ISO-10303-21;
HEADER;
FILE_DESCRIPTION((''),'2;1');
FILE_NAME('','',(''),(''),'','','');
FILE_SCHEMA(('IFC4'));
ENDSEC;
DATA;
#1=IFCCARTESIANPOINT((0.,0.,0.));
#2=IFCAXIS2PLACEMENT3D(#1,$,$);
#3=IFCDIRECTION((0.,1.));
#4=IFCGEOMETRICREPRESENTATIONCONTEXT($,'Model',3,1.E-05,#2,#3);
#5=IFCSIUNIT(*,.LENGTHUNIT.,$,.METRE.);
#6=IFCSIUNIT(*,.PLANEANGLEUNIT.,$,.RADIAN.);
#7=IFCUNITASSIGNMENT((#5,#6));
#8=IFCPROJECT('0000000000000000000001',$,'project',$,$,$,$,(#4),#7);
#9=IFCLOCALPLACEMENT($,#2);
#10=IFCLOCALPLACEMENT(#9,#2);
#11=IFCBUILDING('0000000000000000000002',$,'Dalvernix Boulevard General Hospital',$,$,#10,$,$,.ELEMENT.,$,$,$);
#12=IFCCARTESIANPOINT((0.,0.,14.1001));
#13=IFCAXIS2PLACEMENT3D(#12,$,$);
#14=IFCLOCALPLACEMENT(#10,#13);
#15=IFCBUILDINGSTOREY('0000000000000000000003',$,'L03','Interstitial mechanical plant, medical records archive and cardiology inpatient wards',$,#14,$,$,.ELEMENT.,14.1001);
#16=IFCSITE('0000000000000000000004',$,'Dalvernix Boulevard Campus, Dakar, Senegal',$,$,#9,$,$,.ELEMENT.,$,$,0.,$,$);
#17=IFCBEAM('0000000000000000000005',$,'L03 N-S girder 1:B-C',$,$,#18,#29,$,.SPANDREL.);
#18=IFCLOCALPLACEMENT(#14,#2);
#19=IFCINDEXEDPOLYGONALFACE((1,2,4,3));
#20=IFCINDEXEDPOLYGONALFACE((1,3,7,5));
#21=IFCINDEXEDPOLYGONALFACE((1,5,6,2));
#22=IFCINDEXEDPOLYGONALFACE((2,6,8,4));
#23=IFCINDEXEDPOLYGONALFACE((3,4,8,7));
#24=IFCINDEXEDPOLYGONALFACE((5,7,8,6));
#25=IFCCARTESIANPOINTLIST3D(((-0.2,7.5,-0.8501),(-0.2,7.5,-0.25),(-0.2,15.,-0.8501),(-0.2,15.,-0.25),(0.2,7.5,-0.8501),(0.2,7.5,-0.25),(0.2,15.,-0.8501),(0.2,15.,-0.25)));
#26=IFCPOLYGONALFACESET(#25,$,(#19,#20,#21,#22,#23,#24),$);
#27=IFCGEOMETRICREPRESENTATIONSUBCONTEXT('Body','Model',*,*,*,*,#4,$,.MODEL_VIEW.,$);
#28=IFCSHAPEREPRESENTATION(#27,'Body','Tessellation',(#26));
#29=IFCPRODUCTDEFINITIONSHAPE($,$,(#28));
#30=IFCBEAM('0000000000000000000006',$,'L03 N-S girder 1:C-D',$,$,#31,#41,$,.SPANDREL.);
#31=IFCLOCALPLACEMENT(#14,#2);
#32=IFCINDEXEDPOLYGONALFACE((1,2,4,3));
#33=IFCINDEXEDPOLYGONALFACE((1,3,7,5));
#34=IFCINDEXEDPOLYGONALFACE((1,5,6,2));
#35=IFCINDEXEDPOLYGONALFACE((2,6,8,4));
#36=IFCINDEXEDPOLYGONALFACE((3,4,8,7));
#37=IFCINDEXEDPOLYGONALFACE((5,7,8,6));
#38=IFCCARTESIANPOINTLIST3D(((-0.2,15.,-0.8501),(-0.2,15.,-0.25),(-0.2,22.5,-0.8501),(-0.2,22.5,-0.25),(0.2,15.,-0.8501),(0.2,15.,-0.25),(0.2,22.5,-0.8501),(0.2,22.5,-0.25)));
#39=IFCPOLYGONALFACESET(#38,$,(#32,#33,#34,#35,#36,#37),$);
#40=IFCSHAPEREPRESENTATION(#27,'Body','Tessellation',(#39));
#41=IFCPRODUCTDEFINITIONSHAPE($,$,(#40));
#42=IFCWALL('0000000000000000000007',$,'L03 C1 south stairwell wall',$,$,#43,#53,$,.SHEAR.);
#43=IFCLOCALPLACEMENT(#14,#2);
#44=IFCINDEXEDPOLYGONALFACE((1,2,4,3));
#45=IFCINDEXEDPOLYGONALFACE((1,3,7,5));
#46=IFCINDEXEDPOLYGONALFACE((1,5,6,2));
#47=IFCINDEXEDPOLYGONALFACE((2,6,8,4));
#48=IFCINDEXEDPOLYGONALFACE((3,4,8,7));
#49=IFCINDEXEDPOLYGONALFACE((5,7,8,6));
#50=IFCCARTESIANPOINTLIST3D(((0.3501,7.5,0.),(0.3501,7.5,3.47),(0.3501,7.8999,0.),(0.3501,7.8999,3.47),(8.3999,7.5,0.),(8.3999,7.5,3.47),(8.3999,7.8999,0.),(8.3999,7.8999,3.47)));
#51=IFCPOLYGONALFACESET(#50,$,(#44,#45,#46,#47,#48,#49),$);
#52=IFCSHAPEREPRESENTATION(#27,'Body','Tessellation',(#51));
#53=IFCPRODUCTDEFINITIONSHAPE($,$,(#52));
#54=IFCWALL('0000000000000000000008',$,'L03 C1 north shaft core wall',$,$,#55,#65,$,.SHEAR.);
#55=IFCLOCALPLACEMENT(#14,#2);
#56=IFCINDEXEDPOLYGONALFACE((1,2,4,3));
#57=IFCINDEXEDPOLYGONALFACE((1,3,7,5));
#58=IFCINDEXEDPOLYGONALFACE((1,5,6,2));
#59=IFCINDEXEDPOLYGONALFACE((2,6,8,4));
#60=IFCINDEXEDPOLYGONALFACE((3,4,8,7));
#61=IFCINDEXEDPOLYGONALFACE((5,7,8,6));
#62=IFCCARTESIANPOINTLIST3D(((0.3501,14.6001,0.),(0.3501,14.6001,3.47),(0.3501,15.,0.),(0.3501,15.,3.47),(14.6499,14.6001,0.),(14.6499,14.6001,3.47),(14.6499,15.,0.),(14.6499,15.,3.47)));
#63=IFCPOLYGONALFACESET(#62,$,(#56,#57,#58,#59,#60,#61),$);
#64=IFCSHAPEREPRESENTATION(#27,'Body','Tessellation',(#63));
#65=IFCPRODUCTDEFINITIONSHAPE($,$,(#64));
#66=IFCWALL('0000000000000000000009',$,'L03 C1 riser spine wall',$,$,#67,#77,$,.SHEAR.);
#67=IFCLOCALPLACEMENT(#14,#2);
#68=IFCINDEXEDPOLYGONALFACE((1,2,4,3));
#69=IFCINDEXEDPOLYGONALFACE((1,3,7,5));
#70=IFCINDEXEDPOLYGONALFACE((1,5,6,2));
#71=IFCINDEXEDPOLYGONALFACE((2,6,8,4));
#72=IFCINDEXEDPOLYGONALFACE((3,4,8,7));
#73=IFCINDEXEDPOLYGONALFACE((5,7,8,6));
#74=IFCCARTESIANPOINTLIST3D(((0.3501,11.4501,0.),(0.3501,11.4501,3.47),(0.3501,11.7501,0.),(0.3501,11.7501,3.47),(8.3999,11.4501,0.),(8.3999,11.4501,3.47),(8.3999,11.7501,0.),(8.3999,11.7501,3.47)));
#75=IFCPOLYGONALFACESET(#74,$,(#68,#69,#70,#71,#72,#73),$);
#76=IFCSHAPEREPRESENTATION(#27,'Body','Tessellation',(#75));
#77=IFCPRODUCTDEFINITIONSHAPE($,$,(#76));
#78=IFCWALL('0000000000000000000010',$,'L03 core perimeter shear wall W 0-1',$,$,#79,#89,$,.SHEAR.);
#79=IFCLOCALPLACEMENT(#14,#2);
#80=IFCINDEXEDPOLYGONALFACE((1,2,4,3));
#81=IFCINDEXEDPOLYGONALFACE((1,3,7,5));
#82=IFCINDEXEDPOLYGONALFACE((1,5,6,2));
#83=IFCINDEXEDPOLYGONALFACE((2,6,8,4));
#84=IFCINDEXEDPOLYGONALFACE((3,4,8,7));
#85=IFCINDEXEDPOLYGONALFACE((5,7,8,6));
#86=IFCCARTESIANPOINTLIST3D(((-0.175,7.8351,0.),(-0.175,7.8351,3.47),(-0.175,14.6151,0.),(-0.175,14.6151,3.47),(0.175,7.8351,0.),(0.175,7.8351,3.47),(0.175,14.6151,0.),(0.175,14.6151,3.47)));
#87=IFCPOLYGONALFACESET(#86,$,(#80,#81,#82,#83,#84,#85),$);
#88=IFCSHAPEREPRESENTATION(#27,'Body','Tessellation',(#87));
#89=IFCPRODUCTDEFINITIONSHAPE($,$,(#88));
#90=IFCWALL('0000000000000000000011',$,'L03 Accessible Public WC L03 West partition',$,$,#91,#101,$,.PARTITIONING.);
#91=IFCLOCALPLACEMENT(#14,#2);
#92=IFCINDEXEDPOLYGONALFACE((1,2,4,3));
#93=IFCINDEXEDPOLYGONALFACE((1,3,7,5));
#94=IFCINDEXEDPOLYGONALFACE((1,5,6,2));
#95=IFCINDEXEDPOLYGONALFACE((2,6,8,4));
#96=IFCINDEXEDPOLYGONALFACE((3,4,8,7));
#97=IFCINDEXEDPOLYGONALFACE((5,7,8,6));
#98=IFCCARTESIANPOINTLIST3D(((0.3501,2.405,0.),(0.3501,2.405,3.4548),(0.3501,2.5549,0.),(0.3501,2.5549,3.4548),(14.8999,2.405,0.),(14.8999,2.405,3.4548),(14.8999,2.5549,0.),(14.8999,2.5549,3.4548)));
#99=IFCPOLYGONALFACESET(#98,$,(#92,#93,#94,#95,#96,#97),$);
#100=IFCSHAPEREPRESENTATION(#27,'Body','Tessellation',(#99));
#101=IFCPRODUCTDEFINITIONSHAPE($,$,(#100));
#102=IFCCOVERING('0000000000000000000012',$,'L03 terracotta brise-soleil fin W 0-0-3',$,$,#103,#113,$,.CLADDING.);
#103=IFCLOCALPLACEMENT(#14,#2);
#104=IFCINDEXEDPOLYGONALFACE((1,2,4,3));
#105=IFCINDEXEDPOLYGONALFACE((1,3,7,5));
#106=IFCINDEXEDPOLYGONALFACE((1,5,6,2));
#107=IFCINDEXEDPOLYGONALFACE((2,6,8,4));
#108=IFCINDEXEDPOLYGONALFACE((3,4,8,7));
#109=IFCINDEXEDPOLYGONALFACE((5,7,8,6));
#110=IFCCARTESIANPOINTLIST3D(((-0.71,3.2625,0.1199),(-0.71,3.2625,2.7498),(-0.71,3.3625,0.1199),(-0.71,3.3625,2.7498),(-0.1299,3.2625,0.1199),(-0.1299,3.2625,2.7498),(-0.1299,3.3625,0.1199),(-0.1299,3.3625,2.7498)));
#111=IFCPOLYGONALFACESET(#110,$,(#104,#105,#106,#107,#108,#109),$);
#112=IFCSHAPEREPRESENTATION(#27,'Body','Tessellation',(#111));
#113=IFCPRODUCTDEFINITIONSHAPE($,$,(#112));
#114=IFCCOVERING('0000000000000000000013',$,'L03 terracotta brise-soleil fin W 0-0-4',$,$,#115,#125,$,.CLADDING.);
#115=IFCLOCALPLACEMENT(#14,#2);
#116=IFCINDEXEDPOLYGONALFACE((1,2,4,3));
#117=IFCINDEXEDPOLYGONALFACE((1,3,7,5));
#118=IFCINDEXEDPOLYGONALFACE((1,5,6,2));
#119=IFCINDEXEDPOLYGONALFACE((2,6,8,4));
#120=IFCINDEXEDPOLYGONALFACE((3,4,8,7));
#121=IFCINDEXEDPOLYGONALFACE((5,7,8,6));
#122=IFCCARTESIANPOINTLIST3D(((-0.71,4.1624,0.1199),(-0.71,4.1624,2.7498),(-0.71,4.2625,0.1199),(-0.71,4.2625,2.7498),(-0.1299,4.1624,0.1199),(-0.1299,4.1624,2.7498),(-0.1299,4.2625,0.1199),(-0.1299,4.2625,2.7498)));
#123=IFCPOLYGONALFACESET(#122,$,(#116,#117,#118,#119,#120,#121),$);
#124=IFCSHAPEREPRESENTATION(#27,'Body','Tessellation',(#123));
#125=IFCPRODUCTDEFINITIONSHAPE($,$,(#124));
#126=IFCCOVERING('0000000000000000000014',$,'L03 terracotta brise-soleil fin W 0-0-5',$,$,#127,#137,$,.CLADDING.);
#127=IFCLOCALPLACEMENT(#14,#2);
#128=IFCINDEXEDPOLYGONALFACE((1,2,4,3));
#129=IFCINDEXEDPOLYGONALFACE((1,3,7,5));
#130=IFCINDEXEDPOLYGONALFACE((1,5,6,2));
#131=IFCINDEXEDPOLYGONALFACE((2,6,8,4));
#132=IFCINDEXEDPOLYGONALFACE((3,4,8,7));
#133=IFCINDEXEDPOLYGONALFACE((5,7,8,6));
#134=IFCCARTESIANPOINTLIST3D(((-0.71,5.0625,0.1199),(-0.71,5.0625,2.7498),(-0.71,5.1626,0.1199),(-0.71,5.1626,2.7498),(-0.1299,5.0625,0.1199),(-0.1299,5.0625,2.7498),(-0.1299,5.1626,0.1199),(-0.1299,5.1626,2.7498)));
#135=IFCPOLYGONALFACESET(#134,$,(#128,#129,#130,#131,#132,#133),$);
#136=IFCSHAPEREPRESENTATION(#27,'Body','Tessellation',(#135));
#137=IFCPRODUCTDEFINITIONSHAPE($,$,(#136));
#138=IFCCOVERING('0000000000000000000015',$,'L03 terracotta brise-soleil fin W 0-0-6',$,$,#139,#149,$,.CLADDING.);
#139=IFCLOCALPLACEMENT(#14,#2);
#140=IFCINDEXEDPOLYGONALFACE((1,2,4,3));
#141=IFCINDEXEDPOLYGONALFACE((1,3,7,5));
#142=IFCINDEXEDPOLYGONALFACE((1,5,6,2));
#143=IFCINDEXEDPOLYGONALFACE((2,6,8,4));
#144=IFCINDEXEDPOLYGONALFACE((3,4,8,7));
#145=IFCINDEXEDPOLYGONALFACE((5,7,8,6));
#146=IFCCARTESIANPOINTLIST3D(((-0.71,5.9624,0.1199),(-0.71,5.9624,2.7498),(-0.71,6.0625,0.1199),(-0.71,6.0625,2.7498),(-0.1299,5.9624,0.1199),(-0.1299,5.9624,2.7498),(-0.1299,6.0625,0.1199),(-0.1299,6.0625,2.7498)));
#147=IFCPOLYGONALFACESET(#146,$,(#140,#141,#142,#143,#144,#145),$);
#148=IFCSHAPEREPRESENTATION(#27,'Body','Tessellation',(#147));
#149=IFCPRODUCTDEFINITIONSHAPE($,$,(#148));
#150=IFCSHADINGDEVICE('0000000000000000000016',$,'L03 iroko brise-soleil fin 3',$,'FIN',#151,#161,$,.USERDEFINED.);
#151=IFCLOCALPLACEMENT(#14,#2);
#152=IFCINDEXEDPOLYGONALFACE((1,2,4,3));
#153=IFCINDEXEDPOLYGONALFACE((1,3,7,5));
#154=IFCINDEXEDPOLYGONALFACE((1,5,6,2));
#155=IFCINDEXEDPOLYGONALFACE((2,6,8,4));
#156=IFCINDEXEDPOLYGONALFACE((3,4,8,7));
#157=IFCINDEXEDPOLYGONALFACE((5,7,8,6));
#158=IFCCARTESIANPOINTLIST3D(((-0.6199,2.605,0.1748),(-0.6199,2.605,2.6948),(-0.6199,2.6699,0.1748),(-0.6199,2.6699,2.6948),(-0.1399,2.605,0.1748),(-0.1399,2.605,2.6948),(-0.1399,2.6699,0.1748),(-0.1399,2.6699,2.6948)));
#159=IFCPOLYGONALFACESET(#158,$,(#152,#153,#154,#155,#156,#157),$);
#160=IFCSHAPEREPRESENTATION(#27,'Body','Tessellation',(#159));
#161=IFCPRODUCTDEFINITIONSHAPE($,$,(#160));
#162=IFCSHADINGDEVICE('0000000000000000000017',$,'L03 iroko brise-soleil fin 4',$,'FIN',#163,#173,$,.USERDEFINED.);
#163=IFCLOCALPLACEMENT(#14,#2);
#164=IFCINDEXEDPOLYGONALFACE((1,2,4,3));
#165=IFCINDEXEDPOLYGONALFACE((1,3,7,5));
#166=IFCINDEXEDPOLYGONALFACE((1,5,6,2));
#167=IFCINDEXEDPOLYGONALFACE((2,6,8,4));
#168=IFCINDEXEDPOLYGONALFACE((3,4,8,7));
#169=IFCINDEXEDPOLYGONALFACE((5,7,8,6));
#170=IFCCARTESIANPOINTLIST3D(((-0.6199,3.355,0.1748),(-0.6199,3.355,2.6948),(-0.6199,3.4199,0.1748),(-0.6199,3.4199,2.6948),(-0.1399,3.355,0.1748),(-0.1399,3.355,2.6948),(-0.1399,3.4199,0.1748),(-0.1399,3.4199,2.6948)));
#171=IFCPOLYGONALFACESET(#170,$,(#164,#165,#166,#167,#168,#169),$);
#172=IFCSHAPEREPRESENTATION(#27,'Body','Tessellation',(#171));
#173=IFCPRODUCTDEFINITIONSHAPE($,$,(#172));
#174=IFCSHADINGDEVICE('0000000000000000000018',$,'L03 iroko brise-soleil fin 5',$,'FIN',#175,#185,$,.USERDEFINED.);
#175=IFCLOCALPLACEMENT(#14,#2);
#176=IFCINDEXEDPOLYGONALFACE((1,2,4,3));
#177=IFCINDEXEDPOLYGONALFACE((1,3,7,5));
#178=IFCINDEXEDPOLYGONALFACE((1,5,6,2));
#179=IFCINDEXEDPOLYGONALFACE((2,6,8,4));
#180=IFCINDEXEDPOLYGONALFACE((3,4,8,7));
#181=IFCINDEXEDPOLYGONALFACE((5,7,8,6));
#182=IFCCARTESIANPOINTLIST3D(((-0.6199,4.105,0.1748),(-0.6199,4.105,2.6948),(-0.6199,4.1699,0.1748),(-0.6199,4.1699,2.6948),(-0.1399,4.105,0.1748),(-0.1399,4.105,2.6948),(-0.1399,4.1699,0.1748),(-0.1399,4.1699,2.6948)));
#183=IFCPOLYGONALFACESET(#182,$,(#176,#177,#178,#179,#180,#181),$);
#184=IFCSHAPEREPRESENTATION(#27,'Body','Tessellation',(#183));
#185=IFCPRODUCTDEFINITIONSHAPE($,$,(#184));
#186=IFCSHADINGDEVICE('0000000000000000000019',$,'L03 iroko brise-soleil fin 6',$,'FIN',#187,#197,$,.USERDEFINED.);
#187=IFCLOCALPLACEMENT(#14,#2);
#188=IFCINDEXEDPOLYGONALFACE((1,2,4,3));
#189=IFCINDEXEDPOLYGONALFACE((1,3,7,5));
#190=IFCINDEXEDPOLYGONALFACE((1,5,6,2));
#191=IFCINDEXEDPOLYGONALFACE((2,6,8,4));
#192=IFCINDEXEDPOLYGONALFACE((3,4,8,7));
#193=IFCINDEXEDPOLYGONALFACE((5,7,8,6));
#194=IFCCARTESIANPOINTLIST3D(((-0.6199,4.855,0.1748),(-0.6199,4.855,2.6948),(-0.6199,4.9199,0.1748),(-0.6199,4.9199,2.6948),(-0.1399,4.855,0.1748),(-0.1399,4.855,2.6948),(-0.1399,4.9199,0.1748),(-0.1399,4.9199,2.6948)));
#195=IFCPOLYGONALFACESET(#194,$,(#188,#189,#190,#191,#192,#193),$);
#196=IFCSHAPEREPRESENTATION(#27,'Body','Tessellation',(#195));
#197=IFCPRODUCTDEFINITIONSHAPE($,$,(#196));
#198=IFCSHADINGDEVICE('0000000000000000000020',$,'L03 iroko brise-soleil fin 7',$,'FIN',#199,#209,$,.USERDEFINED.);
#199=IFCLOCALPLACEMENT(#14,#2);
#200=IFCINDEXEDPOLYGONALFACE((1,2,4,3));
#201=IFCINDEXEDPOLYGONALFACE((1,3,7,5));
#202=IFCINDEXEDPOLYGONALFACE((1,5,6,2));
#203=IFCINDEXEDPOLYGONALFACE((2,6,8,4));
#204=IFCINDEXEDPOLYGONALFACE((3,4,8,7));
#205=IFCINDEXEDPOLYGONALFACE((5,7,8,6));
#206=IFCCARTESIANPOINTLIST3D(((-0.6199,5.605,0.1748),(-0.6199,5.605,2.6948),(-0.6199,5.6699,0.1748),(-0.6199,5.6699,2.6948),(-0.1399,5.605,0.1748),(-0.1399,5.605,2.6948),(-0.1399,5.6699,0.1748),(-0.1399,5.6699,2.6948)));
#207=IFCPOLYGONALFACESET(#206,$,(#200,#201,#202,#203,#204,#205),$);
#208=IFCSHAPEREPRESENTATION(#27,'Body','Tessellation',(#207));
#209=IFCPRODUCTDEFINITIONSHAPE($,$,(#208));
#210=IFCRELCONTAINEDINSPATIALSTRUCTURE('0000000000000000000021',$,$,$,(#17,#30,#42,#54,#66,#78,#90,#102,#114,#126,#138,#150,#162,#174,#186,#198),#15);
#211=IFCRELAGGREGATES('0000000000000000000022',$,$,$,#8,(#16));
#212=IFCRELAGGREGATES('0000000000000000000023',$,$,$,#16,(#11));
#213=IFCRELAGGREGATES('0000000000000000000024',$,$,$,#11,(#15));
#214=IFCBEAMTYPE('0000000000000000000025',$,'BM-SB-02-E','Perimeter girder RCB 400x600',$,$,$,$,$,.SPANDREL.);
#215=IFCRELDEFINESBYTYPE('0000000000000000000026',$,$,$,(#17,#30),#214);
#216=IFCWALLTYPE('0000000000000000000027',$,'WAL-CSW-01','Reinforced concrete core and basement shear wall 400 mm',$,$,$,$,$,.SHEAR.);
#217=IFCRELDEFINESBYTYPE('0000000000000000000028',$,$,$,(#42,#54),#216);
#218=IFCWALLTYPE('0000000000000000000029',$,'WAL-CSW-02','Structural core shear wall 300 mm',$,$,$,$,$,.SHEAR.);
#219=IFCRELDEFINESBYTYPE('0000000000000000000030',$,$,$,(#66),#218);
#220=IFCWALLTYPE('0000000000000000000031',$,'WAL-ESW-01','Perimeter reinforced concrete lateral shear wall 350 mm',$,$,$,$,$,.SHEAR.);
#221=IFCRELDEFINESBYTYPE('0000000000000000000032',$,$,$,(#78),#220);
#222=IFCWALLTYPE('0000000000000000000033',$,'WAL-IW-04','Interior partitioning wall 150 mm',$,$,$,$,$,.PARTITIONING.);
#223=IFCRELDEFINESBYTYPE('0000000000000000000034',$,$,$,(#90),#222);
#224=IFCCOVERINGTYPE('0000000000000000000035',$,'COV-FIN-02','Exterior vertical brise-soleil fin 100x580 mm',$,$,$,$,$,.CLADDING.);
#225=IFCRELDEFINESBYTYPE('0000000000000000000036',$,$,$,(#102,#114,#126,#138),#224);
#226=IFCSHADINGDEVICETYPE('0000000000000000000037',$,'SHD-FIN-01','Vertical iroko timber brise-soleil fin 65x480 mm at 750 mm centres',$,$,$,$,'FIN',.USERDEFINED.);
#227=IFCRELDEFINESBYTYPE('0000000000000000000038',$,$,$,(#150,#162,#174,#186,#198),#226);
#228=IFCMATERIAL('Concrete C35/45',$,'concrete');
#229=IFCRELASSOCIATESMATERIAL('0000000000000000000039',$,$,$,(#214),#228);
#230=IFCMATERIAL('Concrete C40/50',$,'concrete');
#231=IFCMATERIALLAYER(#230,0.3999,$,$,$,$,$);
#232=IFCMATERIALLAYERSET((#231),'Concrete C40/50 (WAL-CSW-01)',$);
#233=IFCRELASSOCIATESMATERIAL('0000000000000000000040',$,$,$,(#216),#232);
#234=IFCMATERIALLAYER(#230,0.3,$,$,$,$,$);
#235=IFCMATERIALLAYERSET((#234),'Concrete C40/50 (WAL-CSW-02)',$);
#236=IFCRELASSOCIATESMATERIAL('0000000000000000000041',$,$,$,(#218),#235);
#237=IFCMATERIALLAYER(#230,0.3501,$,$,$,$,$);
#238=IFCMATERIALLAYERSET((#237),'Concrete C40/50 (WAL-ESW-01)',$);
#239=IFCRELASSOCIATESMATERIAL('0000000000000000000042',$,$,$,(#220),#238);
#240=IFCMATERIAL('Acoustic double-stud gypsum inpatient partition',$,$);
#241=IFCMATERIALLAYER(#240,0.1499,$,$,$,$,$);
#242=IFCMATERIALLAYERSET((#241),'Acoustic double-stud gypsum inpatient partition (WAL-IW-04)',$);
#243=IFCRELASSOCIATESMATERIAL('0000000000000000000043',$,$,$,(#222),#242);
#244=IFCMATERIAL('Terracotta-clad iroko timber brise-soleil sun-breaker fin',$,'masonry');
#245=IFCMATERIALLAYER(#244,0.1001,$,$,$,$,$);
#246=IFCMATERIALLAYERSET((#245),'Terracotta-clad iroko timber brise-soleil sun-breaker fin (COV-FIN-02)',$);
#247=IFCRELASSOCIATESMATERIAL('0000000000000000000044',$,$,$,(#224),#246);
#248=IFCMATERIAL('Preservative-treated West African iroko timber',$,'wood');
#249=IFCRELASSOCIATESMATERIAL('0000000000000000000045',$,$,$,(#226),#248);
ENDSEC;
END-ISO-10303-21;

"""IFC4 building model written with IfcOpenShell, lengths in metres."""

from ifc_helpers import new_model, si_unit, direction, frame, frame_2d, origin, origin_2d, place, context, subcontext, project, spatial, rectangle, extrude, material, layer, layer_set, material_profile, profile_set, type_object, element, save


model = new_model("IFC4")

# Units and contexts
model_context = context("Model", 3, precision=1e-05, world=origin(), true_north=direction((0.0, 1.0)))
body_context = subcontext(model_context, "Body", "Model", "MODEL_VIEW")
ifc_project = project(units=[si_unit("LENGTHUNIT", "METRE"), si_unit("PLANEANGLEUNIT", "RADIAN")], contexts=[model_context])

# Site, building, storey
site_placement = place(None, origin())
site = spatial("IfcSite", under=ifc_project, at=site_placement, Name="Dalvernix Boulevard Campus, Dakar, Senegal", CompositionType="ELEMENT", RefElevation=0.0)
building_placement = place(site_placement, origin())
building = spatial("IfcBuilding", under=site, at=building_placement, Name="Dalvernix Boulevard General Hospital", CompositionType="ELEMENT")
storey_placement = place(building_placement, frame((0.0, 0.0, 14.1001)))
storey = spatial("IfcBuildingStorey", under=building, at=storey_placement, Name="L03", Description="Interstitial mechanical plant, medical records archive and cardiology inpatient wards", CompositionType="ELEMENT", Elevation=14.1001)

# Shared definitions
ifc_material_1 = material(Name="Concrete C40/50", Category="concrete")

# Beams
ifc_material_2 = material(Name="Concrete C35/45", Category="concrete")
ifc_material_profile_1 = material_profile(ifc_material_2, rectangle(XDim=0.3999, YDim=0.6001, at=origin_2d()), Name="RCB 400x600")
ifc_profile_set_1 = profile_set([ifc_material_profile_1], Name="Concrete C35/45")
beam_type_1 = type_object("IfcBeamType", Name="BM-SB-02-E", Description="Perimeter girder RCB 400x600", PredefinedType="SPANDREL", material=ifc_profile_set_1)
for number, where, z_axis, x_axis, name in (
    (1, (0.0, 7.5, -0.55), (0.0, 1.0, 0.0), (-1.0, 0.0, 0.0), "L03 N-S girder 1:B-C"),
    (2, (0.0, 15.0, -0.55), (0.0, 1.0, 0.0), (-1.0, 0.0, 0.0), "L03 N-S girder 1:C-D"),
):
    element("IfcBeam", number, at=place(storey_placement, frame(where, z_axis=z_axis, x_axis=x_axis)), inside=storey, type_object=beam_type_1, Name=name, PredefinedType="SPANDREL", context=body_context, shape_type="SweptSolid", body=[
        extrude(rectangle(XDim=0.3999, YDim=0.6001, at=origin_2d()), origin(), (0.0, 0.0, 1.0), 7.5),
    ])

# Walls
ifc_layer_1 = layer(ifc_material_1, 0.3999)
ifc_layer_set_1 = layer_set([ifc_layer_1], Name="Concrete C40/50 (WAL-CSW-01)")
wall_type_1 = type_object("IfcWallType", Name="WAL-CSW-01", Description="Reinforced concrete core and basement shear wall 400 mm", PredefinedType="SHEAR", material=ifc_layer_set_1)
wall_1_placement = place(storey_placement, frame((0.3501, 7.7, 0.0), z_axis=(0.0, 0.0, 1.0), x_axis=(1.0, 0.0, 0.0)))
element("IfcWall", 3, at=wall_1_placement, inside=storey, type_object=wall_type_1, Name="L03 C1 south stairwell wall", PredefinedType="SHEAR", context=body_context, shape_type="SweptSolid", body=[
    extrude(rectangle(XDim=8.0498, YDim=0.3999, at=frame_2d((4.0249, 0.0))), origin(), (0.0, 0.0, 1.0), 3.47),
])
wall_2_placement = place(storey_placement, frame((0.3501, 14.8, 0.0), z_axis=(0.0, 0.0, 1.0), x_axis=(1.0, 0.0, 0.0)))
element("IfcWall", 4, at=wall_2_placement, inside=storey, type_object=wall_type_1, Name="L03 C1 north shaft core wall", PredefinedType="SHEAR", context=body_context, shape_type="SweptSolid", body=[
    extrude(rectangle(XDim=14.2998, YDim=0.3999, at=frame_2d((7.1499, 0.0))), origin(), (0.0, 0.0, 1.0), 3.47),
])
ifc_layer_2 = layer(ifc_material_1, 0.3)
ifc_layer_set_2 = layer_set([ifc_layer_2], Name="Concrete C40/50 (WAL-CSW-02)")
wall_type_2 = type_object("IfcWallType", Name="WAL-CSW-02", Description="Structural core shear wall 300 mm", PredefinedType="SHEAR", material=ifc_layer_set_2)
wall_3_placement = place(storey_placement, frame((0.3501, 11.6001, 0.0), z_axis=(0.0, 0.0, 1.0), x_axis=(1.0, 0.0, 0.0)))
element("IfcWall", 5, at=wall_3_placement, inside=storey, type_object=wall_type_2, Name="L03 C1 riser spine wall", PredefinedType="SHEAR", context=body_context, shape_type="SweptSolid", body=[
    extrude(rectangle(XDim=8.0498, YDim=0.3, at=frame_2d((4.0249, 0.0))), origin(), (0.0, 0.0, 1.0), 3.47),
])
ifc_layer_3 = layer(ifc_material_1, 0.3501)
ifc_layer_set_3 = layer_set([ifc_layer_3], Name="Concrete C40/50 (WAL-ESW-01)")
wall_type_3 = type_object("IfcWallType", Name="WAL-ESW-01", Description="Perimeter reinforced concrete lateral shear wall 350 mm", PredefinedType="SHEAR", material=ifc_layer_set_3)
wall_4_placement = place(storey_placement, frame((0.0, 7.835, 0.0), z_axis=(0.0, 0.0, 1.0), x_axis=(0.0, 1.0, 0.0)))
element("IfcWall", 6, at=wall_4_placement, inside=storey, type_object=wall_type_3, Name="L03 core perimeter shear wall W 0-1", PredefinedType="SHEAR", context=body_context, shape_type="SweptSolid", body=[
    extrude(rectangle(XDim=6.78, YDim=0.3501, at=frame_2d((3.3901, 0.0))), origin(), (0.0, 0.0, 1.0), 3.47),
])
ifc_material_3 = material(Name="Acoustic double-stud gypsum inpatient partition")
ifc_layer_4 = layer(ifc_material_3, 0.1499)
ifc_layer_set_4 = layer_set([ifc_layer_4], Name="Acoustic double-stud gypsum inpatient partition (WAL-IW-04)")
wall_type_4 = type_object("IfcWallType", Name="WAL-IW-04", Description="Interior partitioning wall 150 mm", PredefinedType="PARTITIONING", material=ifc_layer_set_4)
wall_5_placement = place(storey_placement, frame((0.3501, 2.48, 0.0), z_axis=(0.0, 0.0, 1.0), x_axis=(1.0, 0.0, 0.0)))
element("IfcWall", 7, at=wall_5_placement, inside=storey, type_object=wall_type_4, Name="L03 Accessible Public WC L03 West partition", PredefinedType="PARTITIONING", context=body_context, shape_type="SweptSolid", body=[
    extrude(rectangle(XDim=14.5498, YDim=0.1499, at=frame_2d((7.2749, 0.0))), origin(), (0.0, 0.0, 1.0), 3.4548),
])

# Coverings
ifc_material_4 = material(Name="Terracotta-clad iroko timber brise-soleil sun-breaker fin", Category="masonry")
ifc_layer_5 = layer(ifc_material_4, 0.1001)
ifc_layer_set_5 = layer_set([ifc_layer_5], Name="Terracotta-clad iroko timber brise-soleil sun-breaker fin (COV-FIN-02)")
covering_type = type_object("IfcCoveringType", Name="COV-FIN-02", Description="Exterior vertical brise-soleil fin 100x580 mm", PredefinedType="CLADDING", material=ifc_layer_set_5)
for number, where, z_axis, x_axis, name in (
    (8, (-0.4199, 3.3125, 0.1199), (0.0, 0.0, 1.0), (0.0, 1.0, 0.0), "L03 terracotta brise-soleil fin W 0-0-3"),
    (9, (-0.4199, 4.2124, 0.1199), (0.0, 0.0, 1.0), (0.0, 1.0, 0.0), "L03 terracotta brise-soleil fin W 0-0-4"),
    (10, (-0.4199, 5.1125, 0.1199), (0.0, 0.0, 1.0), (0.0, 1.0, 0.0), "L03 terracotta brise-soleil fin W 0-0-5"),
    (11, (-0.4199, 6.0125, 0.1199), (0.0, 0.0, 1.0), (0.0, 1.0, 0.0), "L03 terracotta brise-soleil fin W 0-0-6"),
):
    element("IfcCovering", number, at=place(storey_placement, frame(where, z_axis=z_axis, x_axis=x_axis)), inside=storey, type_object=covering_type, Name=name, PredefinedType="CLADDING", context=body_context, shape_type="SweptSolid", body=[
        extrude(rectangle(XDim=0.1001, YDim=0.5801, at=origin_2d()), origin(), (0.0, 0.0, 1.0), 2.6299),
    ])

# Shading devices
ifc_material_5 = material(Name="Preservative-treated West African iroko timber", Category="wood")
shading_device_type = type_object("IfcShadingDeviceType", Name="SHD-FIN-01", Description="Vertical iroko timber brise-soleil fin 65x480 mm at 750 mm centres", ElementType="FIN", PredefinedType="USERDEFINED", material=ifc_material_5)
for number, where, z_axis, x_axis, name in (
    (12, (-0.3799, 2.6375, 0.1748), (0.0, 0.0, 1.0), (0.0, 1.0, 0.0), "L03 iroko brise-soleil fin 3"),
    (13, (-0.3799, 3.3875, 0.1748), (0.0, 0.0, 1.0), (0.0, 1.0, 0.0), "L03 iroko brise-soleil fin 4"),
    (14, (-0.3799, 4.1375, 0.1748), (0.0, 0.0, 1.0), (0.0, 1.0, 0.0), "L03 iroko brise-soleil fin 5"),
    (15, (-0.3799, 4.8875, 0.1748), (0.0, 0.0, 1.0), (0.0, 1.0, 0.0), "L03 iroko brise-soleil fin 6"),
    (16, (-0.3799, 5.6375, 0.1748), (0.0, 0.0, 1.0), (0.0, 1.0, 0.0), "L03 iroko brise-soleil fin 7"),
):
    element("IfcShadingDevice", number, at=place(storey_placement, frame(where, z_axis=z_axis, x_axis=x_axis)), inside=storey, type_object=shading_device_type, Name=name, ObjectType="FIN", PredefinedType="USERDEFINED", context=body_context, shape_type="SweptSolid", body=[
        extrude(rectangle(XDim=0.0649, YDim=0.48, at=origin_2d()), origin(), (0.0, 0.0, 1.0), 2.52),
    ])

save(model, "model.ifc")
